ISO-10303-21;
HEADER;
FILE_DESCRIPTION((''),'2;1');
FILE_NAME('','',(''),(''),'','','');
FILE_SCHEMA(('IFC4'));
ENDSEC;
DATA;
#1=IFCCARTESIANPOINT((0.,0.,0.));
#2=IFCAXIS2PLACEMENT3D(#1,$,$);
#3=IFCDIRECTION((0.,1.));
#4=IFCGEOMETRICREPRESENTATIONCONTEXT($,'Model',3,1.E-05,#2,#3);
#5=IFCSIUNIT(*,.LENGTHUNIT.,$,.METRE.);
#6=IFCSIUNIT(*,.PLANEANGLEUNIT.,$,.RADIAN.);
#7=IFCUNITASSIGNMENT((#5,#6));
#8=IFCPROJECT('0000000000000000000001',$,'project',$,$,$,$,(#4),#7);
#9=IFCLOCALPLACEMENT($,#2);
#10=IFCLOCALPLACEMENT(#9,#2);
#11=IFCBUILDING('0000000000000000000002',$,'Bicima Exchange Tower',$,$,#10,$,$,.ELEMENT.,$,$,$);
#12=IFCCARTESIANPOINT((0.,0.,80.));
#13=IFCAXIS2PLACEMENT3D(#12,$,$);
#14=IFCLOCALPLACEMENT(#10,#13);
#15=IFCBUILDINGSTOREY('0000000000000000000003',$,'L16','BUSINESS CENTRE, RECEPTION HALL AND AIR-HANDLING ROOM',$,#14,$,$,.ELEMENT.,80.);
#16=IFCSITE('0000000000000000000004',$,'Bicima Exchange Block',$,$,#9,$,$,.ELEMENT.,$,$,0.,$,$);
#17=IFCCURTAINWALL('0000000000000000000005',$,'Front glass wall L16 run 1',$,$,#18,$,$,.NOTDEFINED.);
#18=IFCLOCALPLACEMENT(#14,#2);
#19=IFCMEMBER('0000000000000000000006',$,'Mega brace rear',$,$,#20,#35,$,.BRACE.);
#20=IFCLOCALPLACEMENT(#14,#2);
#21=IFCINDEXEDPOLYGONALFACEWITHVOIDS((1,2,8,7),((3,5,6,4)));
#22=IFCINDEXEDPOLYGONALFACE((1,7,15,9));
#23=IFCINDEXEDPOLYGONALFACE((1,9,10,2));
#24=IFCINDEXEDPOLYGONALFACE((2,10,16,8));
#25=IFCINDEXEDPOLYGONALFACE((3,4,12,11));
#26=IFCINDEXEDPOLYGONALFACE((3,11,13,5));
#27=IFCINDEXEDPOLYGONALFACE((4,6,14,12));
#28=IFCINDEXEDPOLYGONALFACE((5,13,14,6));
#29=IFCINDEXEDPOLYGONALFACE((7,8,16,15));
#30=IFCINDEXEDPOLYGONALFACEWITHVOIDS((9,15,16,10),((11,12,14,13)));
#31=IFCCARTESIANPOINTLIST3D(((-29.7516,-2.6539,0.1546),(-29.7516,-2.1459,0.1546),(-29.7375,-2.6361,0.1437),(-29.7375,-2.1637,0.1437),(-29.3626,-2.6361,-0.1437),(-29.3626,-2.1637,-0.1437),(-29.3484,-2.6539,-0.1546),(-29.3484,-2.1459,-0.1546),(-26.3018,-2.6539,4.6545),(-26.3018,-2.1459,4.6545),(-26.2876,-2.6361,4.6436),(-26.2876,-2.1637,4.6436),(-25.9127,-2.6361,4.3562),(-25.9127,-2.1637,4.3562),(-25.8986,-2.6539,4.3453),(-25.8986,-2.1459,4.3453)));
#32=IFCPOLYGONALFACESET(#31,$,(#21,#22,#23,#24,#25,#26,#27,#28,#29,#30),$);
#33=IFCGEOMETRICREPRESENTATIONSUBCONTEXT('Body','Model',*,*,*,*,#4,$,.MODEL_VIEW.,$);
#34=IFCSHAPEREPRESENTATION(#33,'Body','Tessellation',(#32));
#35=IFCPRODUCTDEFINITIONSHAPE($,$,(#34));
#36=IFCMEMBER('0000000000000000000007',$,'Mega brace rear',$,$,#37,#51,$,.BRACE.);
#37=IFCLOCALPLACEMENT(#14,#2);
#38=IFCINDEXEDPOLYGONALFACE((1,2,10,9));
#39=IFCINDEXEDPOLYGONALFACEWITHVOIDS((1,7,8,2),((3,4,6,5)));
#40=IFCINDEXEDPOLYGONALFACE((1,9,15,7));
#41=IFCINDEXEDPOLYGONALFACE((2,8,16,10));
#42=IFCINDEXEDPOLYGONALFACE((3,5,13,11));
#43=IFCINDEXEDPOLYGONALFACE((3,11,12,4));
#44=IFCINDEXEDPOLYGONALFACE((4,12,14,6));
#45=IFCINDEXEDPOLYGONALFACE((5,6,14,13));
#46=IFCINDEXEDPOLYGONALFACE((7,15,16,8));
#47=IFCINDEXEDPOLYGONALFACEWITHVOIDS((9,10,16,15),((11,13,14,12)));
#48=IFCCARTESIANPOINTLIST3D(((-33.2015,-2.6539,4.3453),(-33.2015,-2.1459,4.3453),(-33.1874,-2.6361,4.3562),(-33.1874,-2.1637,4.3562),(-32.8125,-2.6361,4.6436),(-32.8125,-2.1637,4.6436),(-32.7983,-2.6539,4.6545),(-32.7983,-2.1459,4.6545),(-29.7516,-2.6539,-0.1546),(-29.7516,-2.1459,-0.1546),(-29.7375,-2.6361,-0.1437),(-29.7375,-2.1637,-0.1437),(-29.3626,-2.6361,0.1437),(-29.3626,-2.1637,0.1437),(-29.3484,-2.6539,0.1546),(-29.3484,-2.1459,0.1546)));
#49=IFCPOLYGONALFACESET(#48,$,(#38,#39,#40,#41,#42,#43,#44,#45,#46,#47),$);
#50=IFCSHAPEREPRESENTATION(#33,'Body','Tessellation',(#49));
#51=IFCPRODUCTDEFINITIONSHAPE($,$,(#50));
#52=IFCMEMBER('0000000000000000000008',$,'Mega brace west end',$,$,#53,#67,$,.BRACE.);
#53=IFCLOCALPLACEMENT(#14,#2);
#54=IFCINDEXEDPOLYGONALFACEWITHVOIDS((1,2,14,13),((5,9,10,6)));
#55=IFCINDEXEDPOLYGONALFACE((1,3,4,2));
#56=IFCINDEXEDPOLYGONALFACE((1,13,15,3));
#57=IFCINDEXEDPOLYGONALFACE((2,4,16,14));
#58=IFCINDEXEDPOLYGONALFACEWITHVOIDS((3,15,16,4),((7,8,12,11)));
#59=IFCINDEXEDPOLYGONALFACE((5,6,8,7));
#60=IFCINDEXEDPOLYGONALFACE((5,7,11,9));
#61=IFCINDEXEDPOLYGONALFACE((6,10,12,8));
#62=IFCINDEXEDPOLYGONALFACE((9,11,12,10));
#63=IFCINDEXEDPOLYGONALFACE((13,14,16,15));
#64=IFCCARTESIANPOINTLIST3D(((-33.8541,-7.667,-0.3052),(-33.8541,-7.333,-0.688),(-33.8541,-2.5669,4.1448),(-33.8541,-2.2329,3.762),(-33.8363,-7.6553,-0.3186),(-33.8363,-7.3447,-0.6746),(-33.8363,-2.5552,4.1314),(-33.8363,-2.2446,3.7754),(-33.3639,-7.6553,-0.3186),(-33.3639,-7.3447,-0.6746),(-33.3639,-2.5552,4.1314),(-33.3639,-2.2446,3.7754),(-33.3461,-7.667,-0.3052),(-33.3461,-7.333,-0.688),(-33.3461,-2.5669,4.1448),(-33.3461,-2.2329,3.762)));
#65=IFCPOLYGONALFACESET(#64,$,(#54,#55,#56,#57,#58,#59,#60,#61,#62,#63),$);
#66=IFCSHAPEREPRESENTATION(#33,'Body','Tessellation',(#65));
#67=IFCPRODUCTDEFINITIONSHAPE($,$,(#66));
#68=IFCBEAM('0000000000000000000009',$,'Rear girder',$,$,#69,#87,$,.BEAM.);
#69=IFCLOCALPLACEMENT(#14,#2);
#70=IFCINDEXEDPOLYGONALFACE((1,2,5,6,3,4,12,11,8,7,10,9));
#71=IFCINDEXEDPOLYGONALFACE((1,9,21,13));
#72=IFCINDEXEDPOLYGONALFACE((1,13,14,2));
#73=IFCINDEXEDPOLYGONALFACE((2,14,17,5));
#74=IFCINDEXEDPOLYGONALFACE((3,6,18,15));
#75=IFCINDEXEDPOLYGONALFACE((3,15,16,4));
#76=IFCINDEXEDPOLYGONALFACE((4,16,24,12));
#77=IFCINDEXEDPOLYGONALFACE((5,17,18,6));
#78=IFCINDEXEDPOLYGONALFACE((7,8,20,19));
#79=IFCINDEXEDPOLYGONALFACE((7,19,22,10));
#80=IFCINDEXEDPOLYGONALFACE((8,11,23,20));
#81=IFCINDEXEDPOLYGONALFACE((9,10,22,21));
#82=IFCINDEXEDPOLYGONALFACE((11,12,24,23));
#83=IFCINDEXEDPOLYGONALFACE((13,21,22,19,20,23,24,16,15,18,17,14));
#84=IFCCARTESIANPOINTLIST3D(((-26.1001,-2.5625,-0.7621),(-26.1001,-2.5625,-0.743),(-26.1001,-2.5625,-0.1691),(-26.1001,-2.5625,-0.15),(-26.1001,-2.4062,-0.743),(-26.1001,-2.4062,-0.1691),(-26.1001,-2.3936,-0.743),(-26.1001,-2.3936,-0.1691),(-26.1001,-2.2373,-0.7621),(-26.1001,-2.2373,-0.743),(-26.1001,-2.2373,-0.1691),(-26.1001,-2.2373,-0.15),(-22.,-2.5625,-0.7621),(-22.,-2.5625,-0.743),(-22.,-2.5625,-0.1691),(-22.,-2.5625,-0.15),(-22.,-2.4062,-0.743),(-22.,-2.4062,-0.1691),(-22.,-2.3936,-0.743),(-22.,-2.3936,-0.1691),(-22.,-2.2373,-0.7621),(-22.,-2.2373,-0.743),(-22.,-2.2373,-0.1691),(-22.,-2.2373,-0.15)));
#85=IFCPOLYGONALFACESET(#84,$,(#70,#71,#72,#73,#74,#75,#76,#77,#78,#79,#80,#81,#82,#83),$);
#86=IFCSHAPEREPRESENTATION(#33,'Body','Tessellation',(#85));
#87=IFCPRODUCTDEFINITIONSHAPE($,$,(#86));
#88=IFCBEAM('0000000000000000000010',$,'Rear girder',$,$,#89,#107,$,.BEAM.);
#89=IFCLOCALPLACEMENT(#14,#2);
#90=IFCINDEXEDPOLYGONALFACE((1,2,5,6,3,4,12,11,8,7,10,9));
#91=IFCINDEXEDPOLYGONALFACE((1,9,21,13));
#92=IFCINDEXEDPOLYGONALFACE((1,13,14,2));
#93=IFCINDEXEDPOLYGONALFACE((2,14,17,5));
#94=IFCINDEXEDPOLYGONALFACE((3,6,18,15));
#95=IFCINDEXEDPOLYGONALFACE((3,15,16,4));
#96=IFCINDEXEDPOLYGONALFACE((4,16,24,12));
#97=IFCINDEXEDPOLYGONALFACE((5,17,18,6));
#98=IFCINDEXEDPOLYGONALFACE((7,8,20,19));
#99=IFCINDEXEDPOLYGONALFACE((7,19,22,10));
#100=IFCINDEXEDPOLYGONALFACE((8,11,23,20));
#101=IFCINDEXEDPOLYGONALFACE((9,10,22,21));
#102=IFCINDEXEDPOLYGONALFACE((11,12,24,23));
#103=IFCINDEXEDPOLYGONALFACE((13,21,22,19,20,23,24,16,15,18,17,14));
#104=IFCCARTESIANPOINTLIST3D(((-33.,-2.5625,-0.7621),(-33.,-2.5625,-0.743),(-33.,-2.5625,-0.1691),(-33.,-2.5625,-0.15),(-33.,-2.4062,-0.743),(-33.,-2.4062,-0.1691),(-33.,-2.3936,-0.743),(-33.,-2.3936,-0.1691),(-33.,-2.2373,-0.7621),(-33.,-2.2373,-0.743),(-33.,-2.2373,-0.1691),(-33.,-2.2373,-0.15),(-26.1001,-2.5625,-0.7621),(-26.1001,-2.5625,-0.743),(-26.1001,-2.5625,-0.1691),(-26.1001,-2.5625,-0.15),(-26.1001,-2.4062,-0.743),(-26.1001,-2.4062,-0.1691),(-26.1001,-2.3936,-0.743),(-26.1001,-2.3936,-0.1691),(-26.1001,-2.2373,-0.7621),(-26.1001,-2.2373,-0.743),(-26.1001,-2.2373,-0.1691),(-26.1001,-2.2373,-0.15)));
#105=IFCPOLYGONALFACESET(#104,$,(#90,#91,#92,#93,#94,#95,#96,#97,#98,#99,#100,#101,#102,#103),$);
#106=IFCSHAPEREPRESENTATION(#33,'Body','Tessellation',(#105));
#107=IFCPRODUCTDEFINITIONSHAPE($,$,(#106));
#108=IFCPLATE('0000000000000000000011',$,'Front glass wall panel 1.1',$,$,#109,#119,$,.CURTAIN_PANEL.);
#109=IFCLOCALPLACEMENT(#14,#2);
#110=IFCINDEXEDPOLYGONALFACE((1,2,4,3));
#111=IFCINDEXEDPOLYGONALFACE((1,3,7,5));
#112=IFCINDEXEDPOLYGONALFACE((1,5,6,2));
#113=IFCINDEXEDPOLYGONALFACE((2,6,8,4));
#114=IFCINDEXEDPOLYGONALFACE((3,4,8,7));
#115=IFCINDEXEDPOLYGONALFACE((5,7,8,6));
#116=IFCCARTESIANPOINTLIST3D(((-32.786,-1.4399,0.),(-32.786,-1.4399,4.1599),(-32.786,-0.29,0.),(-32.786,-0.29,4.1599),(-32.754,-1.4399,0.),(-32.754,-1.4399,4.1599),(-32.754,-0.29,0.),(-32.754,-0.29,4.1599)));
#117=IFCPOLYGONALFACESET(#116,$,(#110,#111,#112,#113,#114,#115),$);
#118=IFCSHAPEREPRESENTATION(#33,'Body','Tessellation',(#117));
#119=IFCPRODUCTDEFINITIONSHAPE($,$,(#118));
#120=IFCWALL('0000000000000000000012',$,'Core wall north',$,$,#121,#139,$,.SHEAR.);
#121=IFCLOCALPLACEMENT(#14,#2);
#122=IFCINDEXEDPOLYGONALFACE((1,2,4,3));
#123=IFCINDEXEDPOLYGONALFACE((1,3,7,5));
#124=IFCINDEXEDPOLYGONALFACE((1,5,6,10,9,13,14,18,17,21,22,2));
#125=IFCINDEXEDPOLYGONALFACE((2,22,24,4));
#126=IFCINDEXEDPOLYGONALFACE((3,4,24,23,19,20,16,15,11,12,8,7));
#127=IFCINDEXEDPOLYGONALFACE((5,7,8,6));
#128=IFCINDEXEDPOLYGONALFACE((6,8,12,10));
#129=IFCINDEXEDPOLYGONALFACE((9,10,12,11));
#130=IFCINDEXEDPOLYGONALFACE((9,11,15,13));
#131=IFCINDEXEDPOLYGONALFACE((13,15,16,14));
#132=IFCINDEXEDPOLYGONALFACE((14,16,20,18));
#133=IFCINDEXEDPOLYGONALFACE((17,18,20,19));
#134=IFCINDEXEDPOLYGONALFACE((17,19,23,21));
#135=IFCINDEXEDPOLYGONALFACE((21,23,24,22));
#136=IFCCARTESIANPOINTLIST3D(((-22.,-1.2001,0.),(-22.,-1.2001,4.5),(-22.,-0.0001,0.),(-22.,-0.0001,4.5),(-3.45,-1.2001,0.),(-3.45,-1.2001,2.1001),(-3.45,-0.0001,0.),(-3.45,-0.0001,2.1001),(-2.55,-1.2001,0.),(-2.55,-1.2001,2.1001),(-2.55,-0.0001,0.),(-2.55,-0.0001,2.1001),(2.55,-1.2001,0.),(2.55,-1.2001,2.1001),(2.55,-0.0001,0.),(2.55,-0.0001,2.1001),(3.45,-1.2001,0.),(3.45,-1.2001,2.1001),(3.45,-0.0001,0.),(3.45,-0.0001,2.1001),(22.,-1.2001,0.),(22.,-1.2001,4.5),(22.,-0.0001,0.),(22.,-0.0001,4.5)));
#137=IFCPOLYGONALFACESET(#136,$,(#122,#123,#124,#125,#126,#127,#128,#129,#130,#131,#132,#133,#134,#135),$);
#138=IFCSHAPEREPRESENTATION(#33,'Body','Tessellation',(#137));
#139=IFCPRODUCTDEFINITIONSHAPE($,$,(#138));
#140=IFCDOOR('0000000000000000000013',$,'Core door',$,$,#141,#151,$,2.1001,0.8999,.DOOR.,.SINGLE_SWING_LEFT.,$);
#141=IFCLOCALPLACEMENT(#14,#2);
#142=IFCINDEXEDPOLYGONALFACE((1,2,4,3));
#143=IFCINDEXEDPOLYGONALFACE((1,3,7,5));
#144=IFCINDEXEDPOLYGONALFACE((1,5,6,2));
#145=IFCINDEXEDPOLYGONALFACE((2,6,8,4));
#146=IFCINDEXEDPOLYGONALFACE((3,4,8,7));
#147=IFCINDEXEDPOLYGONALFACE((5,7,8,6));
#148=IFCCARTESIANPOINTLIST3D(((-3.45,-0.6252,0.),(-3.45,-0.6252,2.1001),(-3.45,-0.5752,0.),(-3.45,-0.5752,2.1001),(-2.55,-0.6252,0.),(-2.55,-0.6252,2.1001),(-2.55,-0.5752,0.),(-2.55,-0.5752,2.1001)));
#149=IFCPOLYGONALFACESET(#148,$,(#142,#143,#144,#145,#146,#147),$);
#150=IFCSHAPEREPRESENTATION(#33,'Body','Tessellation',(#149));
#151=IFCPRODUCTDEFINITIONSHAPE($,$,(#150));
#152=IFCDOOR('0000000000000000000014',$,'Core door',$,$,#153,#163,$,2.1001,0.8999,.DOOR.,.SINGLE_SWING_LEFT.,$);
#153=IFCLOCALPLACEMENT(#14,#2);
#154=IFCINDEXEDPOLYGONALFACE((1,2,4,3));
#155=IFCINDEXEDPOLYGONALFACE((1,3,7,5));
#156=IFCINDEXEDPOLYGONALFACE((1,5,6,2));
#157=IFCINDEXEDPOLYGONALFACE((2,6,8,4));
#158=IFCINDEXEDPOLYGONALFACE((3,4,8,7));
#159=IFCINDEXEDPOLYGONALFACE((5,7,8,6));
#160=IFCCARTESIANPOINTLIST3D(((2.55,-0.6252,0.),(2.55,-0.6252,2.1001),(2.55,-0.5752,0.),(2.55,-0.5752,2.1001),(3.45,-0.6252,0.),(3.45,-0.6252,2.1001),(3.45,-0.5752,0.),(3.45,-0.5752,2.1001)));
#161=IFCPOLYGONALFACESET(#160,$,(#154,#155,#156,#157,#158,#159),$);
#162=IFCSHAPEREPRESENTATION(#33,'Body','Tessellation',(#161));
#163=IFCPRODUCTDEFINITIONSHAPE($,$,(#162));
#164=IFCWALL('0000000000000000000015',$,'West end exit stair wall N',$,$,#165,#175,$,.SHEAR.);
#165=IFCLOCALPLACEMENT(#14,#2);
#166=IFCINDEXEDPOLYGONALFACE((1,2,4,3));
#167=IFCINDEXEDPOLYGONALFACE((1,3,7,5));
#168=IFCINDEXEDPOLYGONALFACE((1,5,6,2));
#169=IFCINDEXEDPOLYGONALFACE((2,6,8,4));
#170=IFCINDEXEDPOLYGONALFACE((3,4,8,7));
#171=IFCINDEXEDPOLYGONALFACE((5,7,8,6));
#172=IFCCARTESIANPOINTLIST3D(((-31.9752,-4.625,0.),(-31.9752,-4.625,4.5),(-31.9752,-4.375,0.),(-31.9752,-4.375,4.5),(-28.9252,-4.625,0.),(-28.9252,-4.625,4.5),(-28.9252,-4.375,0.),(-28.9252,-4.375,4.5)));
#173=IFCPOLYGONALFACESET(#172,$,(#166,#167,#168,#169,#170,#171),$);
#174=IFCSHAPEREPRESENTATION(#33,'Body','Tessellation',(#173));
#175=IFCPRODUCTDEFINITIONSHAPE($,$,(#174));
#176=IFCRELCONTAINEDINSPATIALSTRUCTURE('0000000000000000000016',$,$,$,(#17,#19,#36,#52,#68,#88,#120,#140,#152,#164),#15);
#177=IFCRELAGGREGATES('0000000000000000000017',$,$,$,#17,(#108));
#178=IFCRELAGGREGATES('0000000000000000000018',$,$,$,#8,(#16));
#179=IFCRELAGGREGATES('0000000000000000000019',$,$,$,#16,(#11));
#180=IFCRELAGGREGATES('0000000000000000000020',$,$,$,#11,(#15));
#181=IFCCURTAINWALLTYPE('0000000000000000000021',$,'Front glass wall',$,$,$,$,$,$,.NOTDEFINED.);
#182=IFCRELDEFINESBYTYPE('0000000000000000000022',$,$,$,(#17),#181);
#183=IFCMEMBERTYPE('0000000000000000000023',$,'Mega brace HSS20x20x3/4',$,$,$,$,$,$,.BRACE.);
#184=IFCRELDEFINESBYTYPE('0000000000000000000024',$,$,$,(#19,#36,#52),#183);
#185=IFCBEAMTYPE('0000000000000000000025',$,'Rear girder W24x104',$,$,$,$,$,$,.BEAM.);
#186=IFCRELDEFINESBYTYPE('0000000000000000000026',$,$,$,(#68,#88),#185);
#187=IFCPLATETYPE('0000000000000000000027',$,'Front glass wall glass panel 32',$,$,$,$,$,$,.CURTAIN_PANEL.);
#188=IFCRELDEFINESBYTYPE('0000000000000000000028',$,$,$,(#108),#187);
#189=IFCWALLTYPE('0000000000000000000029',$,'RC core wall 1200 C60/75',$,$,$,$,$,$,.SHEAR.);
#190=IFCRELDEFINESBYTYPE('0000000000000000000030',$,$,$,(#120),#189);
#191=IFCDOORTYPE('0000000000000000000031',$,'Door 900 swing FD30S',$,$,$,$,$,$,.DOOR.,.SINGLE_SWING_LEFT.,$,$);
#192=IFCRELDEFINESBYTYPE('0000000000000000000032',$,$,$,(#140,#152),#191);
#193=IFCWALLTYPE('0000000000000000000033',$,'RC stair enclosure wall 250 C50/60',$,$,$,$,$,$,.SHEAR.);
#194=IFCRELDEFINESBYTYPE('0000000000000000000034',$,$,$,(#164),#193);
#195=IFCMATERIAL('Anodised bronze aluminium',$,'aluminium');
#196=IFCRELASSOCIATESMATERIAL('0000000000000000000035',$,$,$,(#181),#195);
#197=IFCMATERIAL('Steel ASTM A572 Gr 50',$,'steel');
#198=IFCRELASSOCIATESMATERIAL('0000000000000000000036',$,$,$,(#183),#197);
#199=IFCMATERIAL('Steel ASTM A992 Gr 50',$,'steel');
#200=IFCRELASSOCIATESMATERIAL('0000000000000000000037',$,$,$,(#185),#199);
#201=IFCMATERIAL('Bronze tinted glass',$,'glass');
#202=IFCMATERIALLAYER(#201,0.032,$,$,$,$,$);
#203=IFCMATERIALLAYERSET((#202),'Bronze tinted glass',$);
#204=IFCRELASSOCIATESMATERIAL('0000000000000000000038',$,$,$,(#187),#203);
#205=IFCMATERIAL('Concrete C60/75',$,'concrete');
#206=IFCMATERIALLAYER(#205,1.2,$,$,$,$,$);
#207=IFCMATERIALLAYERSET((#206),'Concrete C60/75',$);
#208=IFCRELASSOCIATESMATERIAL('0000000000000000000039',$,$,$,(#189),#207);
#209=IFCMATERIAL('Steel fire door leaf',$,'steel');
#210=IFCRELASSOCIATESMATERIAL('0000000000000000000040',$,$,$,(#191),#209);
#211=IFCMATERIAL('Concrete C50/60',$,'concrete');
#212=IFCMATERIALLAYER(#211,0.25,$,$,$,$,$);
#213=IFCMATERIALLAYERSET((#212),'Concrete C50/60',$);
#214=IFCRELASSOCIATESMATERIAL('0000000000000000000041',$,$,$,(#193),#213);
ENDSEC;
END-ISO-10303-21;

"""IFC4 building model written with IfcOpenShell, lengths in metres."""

from ifc_helpers import new_model, si_unit, direction, frame, frame_2d, origin, origin_2d, place, context, subcontext, project, spatial, rectangle, hollow_rectangle, i_section, extrude, material, layer, layer_set, material_profile, profile_set, type_object, element, fill, aggregate, save


model = new_model("IFC4")

# Units and contexts
model_context = context("Model", 3, precision=1e-05, world=origin(), true_north=direction((0.0, 1.0)))
body_context = subcontext(model_context, "Body", "Model", "MODEL_VIEW")
ifc_project = project(units=[si_unit("LENGTHUNIT", "METRE"), si_unit("PLANEANGLEUNIT", "RADIAN")], contexts=[model_context])

# Site, building, storey
site_placement = place(None, origin())
site = spatial("IfcSite", under=ifc_project, at=site_placement, Name="Bicima Exchange Block", CompositionType="ELEMENT", RefElevation=0.0)
building_placement = place(site_placement, origin())
building = spatial("IfcBuilding", under=site, at=building_placement, Name="Bicima Exchange Tower", CompositionType="ELEMENT")
storey_placement = place(building_placement, frame((0.0, 0.0, 80.0)))
storey = spatial("IfcBuildingStorey", under=building, at=storey_placement, Name="L16", Description="BUSINESS CENTRE, RECEPTION HALL AND AIR-HANDLING ROOM", CompositionType="ELEMENT", Elevation=80.0)

# Shared definitions
ifc_material_1 = material(Name="Steel ASTM A572 Gr 50", Category="steel")
ifc_material_2 = material(Name="Steel ASTM A992 Gr 50", Category="steel")

# Curtain wall
ifc_material_3 = material(Name="Anodised bronze aluminium", Category="aluminium")
curtain_wall_type = type_object("IfcCurtainWallType", Name="Front glass wall", PredefinedType="NOTDEFINED", material=ifc_material_3)
curtain_wall_placement = place(storey_placement, origin())
curtain_wall = element("IfcCurtainWall", 1, at=curtain_wall_placement, inside=storey, type_object=curtain_wall_type, Name="Front glass wall L16 run 1", PredefinedType="NOTDEFINED")

# Members
ifc_material_profile_1 = material_profile(ifc_material_1, hollow_rectangle(XDim=0.5081, YDim=0.5081, WallThickness=0.0178, at=origin_2d()))
ifc_profile_set_1 = profile_set([ifc_material_profile_1], Name="Steel ASTM A572 Gr 50")
member_type_1 = type_object("IfcMemberType", Name="Mega brace HSS20x20x3/4", PredefinedType="BRACE", material=ifc_profile_set_1)
for number, where, z_axis, x_axis, name in (
    (2, (-29.55, -2.3999, 0.0), (0.608426, 0.0, 0.793611), (0.0, 1.0, 0.0), "Mega brace rear"),
    (3, (-29.55, -2.3999, 0.0), (-0.608426, 0.0, 0.793611), (0.0, -1.0, 0.0), "Mega brace rear"),
):
    element("IfcMember", number, at=place(storey_placement, frame(where, z_axis=z_axis, x_axis=x_axis)), inside=storey, type_object=member_type_1, Name=name, PredefinedType="BRACE", context=body_context, shape_type="SweptSolid", body=[
        extrude(hollow_rectangle(XDim=0.5081, YDim=0.5081, WallThickness=0.0178, at=origin_2d()), origin(), (0.0, 0.0, 1.0), 5.6702),
    ])
member_1_placement = place(storey_placement, frame((-33.6001, -7.5, -0.4966), z_axis=(0.0, 0.753501, 0.657447), x_axis=(-1.0, 0.0, 0.0)))
element("IfcMember", 4, at=member_1_placement, inside=storey, type_object=member_type_1, Name="Mega brace west end", PredefinedType="BRACE", context=body_context, shape_type="SweptSolid", body=[
    extrude(hollow_rectangle(XDim=0.5081, YDim=0.5081, WallThickness=0.0178, at=origin_2d()), origin(), (0.0, 0.0, 1.0), 6.7686),
])

# Beams
ifc_material_profile_2 = material_profile(ifc_material_2, i_section(OverallWidth=0.3252, OverallDepth=0.6121, WebThickness=0.0127, FlangeThickness=0.019, at=origin_2d()))
ifc_profile_set_2 = profile_set([ifc_material_profile_2], Name="Steel ASTM A992 Gr 50")
beam_type_1 = type_object("IfcBeamType", Name="Rear girder W24x104", PredefinedType="BEAM", material=ifc_profile_set_2)
beam_1_placement = place(storey_placement, frame((-22.0, -2.3999, -0.4561), z_axis=(-1.0, 0.0, 0.0), x_axis=(0.0, -1.0, 0.0)))
element("IfcBeam", 5, at=beam_1_placement, inside=storey, type_object=beam_type_1, Name="Rear girder", PredefinedType="BEAM", context=body_context, shape_type="SweptSolid", body=[
    extrude(i_section(OverallWidth=0.3252, OverallDepth=0.6121, WebThickness=0.0127, FlangeThickness=0.019, at=origin_2d()), origin(), (0.0, 0.0, 1.0), 4.1001),
])
beam_2_placement = place(storey_placement, frame((-26.1001, -2.3999, -0.4561), z_axis=(-1.0, 0.0, 0.0), x_axis=(0.0, -1.0, 0.0)))
element("IfcBeam", 6, at=beam_2_placement, inside=storey, type_object=beam_type_1, Name="Rear girder", PredefinedType="BEAM", context=body_context, shape_type="SweptSolid", body=[
    extrude(i_section(OverallWidth=0.3252, OverallDepth=0.6121, WebThickness=0.0127, FlangeThickness=0.019, at=origin_2d()), origin(), (0.0, 0.0, 1.0), 6.8999),
])

# Plate
ifc_material_4 = material(Name="Bronze tinted glass", Category="glass")
ifc_layer_1 = layer(ifc_material_4, 0.032)
ifc_layer_set_1 = layer_set([ifc_layer_1], Name="Bronze tinted glass")
plate_type = type_object("IfcPlateType", Name="Front glass wall glass panel 32", PredefinedType="CURTAIN_PANEL", material=ifc_layer_set_1)
plate_placement = place(storey_placement, frame((-32.77, -0.865, 0.0), z_axis=(0.0, 0.0, 1.0), x_axis=(0.0, -1.0, 0.0)))
plate = element("IfcPlate", 7, at=plate_placement, type_object=plate_type, Name="Front glass wall panel 1.1", PredefinedType="CURTAIN_PANEL", context=body_context, shape_type="SweptSolid", body=[
    extrude(rectangle(XDim=1.1499, YDim=0.032, at=origin_2d()), origin(), (0.0, 0.0, 1.0), 4.1599),
])
aggregate(curtain_wall, [plate])

# Wall, openings, doors
ifc_material_5 = material(Name="Concrete C60/75", Category="concrete")
ifc_layer_2 = layer(ifc_material_5, 1.2)
ifc_layer_set_2 = layer_set([ifc_layer_2], Name="Concrete C60/75")
wall_type_1 = type_object("IfcWallType", Name="RC core wall 1200 C60/75", PredefinedType="SHEAR", material=ifc_layer_set_2)
wall_1_placement = place(storey_placement, frame((-22.0, -0.6001, 0.0), z_axis=(0.0, 0.0, 1.0), x_axis=(1.0, 0.0, 0.0)))
wall_1 = element("IfcWall", 8, at=wall_1_placement, inside=storey, type_object=wall_type_1, Name="Core wall north", PredefinedType="SHEAR", context=body_context, shape_type="SweptSolid", body=[
    extrude(rectangle(XDim=44.0, YDim=1.2, at=frame_2d((22.0, 0.0))), origin(), (0.0, 0.0, 1.0), 4.5),
])
opening_1_placement = place(wall_1_placement, frame((18.55, 0.0, 0.0)))
opening_1 = element("IfcOpeningElement", 9, at=opening_1_placement, cuts=wall_1, PredefinedType="OPENING", context=body_context, shape_type="SweptSolid", body=[
    extrude(rectangle(XDim=0.8999, YDim=2.1001, at=frame_2d((0.45, 1.05))), frame((0.0, 0.6118, 0.0), z_axis=(0.0, -1.0, 0.0), x_axis=(1.0, 0.0, 0.0)), (0.0, 0.0, 1.0), 1.2239),
])
opening_2_placement = place(wall_1_placement, frame((24.55, 0.0, 0.0)))
opening_2 = element("IfcOpeningElement", 10, at=opening_2_placement, cuts=wall_1, PredefinedType="OPENING", context=body_context, shape_type="SweptSolid", body=[
    extrude(rectangle(XDim=0.8999, YDim=2.1001, at=frame_2d((0.45, 1.05))), frame((0.0, 0.6118, 0.0), z_axis=(0.0, -1.0, 0.0), x_axis=(1.0, 0.0, 0.0)), (0.0, 0.0, 1.0), 1.2239),
])
ifc_material_6 = material(Name="Steel fire door leaf", Category="steel")
door_type = type_object("IfcDoorType", Name="Door 900 swing FD30S", OperationType="SINGLE_SWING_LEFT", PredefinedType="DOOR", material=ifc_material_6)
door_1_placement = place(opening_1_placement, origin())
door_1 = element("IfcDoor", 11, at=door_1_placement, inside=storey, type_object=door_type, Name="Core door", OperationType="SINGLE_SWING_LEFT", OverallHeight=2.1001, OverallWidth=0.8999, PredefinedType="DOOR", context=body_context, shape_type="SweptSolid", body=[
    extrude(rectangle(XDim=0.8999, YDim=2.1001, at=frame_2d((0.45, 1.05))), frame((0.0, 0.0249, 0.0), z_axis=(0.0, -1.0, 0.0), x_axis=(1.0, 0.0, 0.0)), (0.0, 0.0, 1.0), 0.05),
])
fill(opening_1, door_1)
door_2_placement = place(opening_2_placement, origin())
door_2 = element("IfcDoor", 12, at=door_2_placement, inside=storey, type_object=door_type, Name="Core door", OperationType="SINGLE_SWING_LEFT", OverallHeight=2.1001, OverallWidth=0.8999, PredefinedType="DOOR", context=body_context, shape_type="SweptSolid", body=[
    extrude(rectangle(XDim=0.8999, YDim=2.1001, at=frame_2d((0.45, 1.05))), frame((0.0, 0.0249, 0.0), z_axis=(0.0, -1.0, 0.0), x_axis=(1.0, 0.0, 0.0)), (0.0, 0.0, 1.0), 0.05),
])
fill(opening_2, door_2)

# Wall
ifc_material_7 = material(Name="Concrete C50/60", Category="concrete")
ifc_layer_3 = layer(ifc_material_7, 0.25)
ifc_layer_set_3 = layer_set([ifc_layer_3], Name="Concrete C50/60")
wall_type_2 = type_object("IfcWallType", Name="RC stair enclosure wall 250 C50/60", PredefinedType="SHEAR", material=ifc_layer_set_3)
wall_2_placement = place(storey_placement, frame((-31.9751, -4.5, 0.0), z_axis=(0.0, 0.0, 1.0), x_axis=(1.0, 0.0, 0.0)))
element("IfcWall", 13, at=wall_2_placement, inside=storey, type_object=wall_type_2, Name="West end exit stair wall N", PredefinedType="SHEAR", context=body_context, shape_type="SweptSolid", body=[
    extrude(rectangle(XDim=3.05, YDim=0.25, at=frame_2d((1.5249, 0.0))), origin(), (0.0, 0.0, 1.0), 4.5),
])

save(model, "model.ifc")
